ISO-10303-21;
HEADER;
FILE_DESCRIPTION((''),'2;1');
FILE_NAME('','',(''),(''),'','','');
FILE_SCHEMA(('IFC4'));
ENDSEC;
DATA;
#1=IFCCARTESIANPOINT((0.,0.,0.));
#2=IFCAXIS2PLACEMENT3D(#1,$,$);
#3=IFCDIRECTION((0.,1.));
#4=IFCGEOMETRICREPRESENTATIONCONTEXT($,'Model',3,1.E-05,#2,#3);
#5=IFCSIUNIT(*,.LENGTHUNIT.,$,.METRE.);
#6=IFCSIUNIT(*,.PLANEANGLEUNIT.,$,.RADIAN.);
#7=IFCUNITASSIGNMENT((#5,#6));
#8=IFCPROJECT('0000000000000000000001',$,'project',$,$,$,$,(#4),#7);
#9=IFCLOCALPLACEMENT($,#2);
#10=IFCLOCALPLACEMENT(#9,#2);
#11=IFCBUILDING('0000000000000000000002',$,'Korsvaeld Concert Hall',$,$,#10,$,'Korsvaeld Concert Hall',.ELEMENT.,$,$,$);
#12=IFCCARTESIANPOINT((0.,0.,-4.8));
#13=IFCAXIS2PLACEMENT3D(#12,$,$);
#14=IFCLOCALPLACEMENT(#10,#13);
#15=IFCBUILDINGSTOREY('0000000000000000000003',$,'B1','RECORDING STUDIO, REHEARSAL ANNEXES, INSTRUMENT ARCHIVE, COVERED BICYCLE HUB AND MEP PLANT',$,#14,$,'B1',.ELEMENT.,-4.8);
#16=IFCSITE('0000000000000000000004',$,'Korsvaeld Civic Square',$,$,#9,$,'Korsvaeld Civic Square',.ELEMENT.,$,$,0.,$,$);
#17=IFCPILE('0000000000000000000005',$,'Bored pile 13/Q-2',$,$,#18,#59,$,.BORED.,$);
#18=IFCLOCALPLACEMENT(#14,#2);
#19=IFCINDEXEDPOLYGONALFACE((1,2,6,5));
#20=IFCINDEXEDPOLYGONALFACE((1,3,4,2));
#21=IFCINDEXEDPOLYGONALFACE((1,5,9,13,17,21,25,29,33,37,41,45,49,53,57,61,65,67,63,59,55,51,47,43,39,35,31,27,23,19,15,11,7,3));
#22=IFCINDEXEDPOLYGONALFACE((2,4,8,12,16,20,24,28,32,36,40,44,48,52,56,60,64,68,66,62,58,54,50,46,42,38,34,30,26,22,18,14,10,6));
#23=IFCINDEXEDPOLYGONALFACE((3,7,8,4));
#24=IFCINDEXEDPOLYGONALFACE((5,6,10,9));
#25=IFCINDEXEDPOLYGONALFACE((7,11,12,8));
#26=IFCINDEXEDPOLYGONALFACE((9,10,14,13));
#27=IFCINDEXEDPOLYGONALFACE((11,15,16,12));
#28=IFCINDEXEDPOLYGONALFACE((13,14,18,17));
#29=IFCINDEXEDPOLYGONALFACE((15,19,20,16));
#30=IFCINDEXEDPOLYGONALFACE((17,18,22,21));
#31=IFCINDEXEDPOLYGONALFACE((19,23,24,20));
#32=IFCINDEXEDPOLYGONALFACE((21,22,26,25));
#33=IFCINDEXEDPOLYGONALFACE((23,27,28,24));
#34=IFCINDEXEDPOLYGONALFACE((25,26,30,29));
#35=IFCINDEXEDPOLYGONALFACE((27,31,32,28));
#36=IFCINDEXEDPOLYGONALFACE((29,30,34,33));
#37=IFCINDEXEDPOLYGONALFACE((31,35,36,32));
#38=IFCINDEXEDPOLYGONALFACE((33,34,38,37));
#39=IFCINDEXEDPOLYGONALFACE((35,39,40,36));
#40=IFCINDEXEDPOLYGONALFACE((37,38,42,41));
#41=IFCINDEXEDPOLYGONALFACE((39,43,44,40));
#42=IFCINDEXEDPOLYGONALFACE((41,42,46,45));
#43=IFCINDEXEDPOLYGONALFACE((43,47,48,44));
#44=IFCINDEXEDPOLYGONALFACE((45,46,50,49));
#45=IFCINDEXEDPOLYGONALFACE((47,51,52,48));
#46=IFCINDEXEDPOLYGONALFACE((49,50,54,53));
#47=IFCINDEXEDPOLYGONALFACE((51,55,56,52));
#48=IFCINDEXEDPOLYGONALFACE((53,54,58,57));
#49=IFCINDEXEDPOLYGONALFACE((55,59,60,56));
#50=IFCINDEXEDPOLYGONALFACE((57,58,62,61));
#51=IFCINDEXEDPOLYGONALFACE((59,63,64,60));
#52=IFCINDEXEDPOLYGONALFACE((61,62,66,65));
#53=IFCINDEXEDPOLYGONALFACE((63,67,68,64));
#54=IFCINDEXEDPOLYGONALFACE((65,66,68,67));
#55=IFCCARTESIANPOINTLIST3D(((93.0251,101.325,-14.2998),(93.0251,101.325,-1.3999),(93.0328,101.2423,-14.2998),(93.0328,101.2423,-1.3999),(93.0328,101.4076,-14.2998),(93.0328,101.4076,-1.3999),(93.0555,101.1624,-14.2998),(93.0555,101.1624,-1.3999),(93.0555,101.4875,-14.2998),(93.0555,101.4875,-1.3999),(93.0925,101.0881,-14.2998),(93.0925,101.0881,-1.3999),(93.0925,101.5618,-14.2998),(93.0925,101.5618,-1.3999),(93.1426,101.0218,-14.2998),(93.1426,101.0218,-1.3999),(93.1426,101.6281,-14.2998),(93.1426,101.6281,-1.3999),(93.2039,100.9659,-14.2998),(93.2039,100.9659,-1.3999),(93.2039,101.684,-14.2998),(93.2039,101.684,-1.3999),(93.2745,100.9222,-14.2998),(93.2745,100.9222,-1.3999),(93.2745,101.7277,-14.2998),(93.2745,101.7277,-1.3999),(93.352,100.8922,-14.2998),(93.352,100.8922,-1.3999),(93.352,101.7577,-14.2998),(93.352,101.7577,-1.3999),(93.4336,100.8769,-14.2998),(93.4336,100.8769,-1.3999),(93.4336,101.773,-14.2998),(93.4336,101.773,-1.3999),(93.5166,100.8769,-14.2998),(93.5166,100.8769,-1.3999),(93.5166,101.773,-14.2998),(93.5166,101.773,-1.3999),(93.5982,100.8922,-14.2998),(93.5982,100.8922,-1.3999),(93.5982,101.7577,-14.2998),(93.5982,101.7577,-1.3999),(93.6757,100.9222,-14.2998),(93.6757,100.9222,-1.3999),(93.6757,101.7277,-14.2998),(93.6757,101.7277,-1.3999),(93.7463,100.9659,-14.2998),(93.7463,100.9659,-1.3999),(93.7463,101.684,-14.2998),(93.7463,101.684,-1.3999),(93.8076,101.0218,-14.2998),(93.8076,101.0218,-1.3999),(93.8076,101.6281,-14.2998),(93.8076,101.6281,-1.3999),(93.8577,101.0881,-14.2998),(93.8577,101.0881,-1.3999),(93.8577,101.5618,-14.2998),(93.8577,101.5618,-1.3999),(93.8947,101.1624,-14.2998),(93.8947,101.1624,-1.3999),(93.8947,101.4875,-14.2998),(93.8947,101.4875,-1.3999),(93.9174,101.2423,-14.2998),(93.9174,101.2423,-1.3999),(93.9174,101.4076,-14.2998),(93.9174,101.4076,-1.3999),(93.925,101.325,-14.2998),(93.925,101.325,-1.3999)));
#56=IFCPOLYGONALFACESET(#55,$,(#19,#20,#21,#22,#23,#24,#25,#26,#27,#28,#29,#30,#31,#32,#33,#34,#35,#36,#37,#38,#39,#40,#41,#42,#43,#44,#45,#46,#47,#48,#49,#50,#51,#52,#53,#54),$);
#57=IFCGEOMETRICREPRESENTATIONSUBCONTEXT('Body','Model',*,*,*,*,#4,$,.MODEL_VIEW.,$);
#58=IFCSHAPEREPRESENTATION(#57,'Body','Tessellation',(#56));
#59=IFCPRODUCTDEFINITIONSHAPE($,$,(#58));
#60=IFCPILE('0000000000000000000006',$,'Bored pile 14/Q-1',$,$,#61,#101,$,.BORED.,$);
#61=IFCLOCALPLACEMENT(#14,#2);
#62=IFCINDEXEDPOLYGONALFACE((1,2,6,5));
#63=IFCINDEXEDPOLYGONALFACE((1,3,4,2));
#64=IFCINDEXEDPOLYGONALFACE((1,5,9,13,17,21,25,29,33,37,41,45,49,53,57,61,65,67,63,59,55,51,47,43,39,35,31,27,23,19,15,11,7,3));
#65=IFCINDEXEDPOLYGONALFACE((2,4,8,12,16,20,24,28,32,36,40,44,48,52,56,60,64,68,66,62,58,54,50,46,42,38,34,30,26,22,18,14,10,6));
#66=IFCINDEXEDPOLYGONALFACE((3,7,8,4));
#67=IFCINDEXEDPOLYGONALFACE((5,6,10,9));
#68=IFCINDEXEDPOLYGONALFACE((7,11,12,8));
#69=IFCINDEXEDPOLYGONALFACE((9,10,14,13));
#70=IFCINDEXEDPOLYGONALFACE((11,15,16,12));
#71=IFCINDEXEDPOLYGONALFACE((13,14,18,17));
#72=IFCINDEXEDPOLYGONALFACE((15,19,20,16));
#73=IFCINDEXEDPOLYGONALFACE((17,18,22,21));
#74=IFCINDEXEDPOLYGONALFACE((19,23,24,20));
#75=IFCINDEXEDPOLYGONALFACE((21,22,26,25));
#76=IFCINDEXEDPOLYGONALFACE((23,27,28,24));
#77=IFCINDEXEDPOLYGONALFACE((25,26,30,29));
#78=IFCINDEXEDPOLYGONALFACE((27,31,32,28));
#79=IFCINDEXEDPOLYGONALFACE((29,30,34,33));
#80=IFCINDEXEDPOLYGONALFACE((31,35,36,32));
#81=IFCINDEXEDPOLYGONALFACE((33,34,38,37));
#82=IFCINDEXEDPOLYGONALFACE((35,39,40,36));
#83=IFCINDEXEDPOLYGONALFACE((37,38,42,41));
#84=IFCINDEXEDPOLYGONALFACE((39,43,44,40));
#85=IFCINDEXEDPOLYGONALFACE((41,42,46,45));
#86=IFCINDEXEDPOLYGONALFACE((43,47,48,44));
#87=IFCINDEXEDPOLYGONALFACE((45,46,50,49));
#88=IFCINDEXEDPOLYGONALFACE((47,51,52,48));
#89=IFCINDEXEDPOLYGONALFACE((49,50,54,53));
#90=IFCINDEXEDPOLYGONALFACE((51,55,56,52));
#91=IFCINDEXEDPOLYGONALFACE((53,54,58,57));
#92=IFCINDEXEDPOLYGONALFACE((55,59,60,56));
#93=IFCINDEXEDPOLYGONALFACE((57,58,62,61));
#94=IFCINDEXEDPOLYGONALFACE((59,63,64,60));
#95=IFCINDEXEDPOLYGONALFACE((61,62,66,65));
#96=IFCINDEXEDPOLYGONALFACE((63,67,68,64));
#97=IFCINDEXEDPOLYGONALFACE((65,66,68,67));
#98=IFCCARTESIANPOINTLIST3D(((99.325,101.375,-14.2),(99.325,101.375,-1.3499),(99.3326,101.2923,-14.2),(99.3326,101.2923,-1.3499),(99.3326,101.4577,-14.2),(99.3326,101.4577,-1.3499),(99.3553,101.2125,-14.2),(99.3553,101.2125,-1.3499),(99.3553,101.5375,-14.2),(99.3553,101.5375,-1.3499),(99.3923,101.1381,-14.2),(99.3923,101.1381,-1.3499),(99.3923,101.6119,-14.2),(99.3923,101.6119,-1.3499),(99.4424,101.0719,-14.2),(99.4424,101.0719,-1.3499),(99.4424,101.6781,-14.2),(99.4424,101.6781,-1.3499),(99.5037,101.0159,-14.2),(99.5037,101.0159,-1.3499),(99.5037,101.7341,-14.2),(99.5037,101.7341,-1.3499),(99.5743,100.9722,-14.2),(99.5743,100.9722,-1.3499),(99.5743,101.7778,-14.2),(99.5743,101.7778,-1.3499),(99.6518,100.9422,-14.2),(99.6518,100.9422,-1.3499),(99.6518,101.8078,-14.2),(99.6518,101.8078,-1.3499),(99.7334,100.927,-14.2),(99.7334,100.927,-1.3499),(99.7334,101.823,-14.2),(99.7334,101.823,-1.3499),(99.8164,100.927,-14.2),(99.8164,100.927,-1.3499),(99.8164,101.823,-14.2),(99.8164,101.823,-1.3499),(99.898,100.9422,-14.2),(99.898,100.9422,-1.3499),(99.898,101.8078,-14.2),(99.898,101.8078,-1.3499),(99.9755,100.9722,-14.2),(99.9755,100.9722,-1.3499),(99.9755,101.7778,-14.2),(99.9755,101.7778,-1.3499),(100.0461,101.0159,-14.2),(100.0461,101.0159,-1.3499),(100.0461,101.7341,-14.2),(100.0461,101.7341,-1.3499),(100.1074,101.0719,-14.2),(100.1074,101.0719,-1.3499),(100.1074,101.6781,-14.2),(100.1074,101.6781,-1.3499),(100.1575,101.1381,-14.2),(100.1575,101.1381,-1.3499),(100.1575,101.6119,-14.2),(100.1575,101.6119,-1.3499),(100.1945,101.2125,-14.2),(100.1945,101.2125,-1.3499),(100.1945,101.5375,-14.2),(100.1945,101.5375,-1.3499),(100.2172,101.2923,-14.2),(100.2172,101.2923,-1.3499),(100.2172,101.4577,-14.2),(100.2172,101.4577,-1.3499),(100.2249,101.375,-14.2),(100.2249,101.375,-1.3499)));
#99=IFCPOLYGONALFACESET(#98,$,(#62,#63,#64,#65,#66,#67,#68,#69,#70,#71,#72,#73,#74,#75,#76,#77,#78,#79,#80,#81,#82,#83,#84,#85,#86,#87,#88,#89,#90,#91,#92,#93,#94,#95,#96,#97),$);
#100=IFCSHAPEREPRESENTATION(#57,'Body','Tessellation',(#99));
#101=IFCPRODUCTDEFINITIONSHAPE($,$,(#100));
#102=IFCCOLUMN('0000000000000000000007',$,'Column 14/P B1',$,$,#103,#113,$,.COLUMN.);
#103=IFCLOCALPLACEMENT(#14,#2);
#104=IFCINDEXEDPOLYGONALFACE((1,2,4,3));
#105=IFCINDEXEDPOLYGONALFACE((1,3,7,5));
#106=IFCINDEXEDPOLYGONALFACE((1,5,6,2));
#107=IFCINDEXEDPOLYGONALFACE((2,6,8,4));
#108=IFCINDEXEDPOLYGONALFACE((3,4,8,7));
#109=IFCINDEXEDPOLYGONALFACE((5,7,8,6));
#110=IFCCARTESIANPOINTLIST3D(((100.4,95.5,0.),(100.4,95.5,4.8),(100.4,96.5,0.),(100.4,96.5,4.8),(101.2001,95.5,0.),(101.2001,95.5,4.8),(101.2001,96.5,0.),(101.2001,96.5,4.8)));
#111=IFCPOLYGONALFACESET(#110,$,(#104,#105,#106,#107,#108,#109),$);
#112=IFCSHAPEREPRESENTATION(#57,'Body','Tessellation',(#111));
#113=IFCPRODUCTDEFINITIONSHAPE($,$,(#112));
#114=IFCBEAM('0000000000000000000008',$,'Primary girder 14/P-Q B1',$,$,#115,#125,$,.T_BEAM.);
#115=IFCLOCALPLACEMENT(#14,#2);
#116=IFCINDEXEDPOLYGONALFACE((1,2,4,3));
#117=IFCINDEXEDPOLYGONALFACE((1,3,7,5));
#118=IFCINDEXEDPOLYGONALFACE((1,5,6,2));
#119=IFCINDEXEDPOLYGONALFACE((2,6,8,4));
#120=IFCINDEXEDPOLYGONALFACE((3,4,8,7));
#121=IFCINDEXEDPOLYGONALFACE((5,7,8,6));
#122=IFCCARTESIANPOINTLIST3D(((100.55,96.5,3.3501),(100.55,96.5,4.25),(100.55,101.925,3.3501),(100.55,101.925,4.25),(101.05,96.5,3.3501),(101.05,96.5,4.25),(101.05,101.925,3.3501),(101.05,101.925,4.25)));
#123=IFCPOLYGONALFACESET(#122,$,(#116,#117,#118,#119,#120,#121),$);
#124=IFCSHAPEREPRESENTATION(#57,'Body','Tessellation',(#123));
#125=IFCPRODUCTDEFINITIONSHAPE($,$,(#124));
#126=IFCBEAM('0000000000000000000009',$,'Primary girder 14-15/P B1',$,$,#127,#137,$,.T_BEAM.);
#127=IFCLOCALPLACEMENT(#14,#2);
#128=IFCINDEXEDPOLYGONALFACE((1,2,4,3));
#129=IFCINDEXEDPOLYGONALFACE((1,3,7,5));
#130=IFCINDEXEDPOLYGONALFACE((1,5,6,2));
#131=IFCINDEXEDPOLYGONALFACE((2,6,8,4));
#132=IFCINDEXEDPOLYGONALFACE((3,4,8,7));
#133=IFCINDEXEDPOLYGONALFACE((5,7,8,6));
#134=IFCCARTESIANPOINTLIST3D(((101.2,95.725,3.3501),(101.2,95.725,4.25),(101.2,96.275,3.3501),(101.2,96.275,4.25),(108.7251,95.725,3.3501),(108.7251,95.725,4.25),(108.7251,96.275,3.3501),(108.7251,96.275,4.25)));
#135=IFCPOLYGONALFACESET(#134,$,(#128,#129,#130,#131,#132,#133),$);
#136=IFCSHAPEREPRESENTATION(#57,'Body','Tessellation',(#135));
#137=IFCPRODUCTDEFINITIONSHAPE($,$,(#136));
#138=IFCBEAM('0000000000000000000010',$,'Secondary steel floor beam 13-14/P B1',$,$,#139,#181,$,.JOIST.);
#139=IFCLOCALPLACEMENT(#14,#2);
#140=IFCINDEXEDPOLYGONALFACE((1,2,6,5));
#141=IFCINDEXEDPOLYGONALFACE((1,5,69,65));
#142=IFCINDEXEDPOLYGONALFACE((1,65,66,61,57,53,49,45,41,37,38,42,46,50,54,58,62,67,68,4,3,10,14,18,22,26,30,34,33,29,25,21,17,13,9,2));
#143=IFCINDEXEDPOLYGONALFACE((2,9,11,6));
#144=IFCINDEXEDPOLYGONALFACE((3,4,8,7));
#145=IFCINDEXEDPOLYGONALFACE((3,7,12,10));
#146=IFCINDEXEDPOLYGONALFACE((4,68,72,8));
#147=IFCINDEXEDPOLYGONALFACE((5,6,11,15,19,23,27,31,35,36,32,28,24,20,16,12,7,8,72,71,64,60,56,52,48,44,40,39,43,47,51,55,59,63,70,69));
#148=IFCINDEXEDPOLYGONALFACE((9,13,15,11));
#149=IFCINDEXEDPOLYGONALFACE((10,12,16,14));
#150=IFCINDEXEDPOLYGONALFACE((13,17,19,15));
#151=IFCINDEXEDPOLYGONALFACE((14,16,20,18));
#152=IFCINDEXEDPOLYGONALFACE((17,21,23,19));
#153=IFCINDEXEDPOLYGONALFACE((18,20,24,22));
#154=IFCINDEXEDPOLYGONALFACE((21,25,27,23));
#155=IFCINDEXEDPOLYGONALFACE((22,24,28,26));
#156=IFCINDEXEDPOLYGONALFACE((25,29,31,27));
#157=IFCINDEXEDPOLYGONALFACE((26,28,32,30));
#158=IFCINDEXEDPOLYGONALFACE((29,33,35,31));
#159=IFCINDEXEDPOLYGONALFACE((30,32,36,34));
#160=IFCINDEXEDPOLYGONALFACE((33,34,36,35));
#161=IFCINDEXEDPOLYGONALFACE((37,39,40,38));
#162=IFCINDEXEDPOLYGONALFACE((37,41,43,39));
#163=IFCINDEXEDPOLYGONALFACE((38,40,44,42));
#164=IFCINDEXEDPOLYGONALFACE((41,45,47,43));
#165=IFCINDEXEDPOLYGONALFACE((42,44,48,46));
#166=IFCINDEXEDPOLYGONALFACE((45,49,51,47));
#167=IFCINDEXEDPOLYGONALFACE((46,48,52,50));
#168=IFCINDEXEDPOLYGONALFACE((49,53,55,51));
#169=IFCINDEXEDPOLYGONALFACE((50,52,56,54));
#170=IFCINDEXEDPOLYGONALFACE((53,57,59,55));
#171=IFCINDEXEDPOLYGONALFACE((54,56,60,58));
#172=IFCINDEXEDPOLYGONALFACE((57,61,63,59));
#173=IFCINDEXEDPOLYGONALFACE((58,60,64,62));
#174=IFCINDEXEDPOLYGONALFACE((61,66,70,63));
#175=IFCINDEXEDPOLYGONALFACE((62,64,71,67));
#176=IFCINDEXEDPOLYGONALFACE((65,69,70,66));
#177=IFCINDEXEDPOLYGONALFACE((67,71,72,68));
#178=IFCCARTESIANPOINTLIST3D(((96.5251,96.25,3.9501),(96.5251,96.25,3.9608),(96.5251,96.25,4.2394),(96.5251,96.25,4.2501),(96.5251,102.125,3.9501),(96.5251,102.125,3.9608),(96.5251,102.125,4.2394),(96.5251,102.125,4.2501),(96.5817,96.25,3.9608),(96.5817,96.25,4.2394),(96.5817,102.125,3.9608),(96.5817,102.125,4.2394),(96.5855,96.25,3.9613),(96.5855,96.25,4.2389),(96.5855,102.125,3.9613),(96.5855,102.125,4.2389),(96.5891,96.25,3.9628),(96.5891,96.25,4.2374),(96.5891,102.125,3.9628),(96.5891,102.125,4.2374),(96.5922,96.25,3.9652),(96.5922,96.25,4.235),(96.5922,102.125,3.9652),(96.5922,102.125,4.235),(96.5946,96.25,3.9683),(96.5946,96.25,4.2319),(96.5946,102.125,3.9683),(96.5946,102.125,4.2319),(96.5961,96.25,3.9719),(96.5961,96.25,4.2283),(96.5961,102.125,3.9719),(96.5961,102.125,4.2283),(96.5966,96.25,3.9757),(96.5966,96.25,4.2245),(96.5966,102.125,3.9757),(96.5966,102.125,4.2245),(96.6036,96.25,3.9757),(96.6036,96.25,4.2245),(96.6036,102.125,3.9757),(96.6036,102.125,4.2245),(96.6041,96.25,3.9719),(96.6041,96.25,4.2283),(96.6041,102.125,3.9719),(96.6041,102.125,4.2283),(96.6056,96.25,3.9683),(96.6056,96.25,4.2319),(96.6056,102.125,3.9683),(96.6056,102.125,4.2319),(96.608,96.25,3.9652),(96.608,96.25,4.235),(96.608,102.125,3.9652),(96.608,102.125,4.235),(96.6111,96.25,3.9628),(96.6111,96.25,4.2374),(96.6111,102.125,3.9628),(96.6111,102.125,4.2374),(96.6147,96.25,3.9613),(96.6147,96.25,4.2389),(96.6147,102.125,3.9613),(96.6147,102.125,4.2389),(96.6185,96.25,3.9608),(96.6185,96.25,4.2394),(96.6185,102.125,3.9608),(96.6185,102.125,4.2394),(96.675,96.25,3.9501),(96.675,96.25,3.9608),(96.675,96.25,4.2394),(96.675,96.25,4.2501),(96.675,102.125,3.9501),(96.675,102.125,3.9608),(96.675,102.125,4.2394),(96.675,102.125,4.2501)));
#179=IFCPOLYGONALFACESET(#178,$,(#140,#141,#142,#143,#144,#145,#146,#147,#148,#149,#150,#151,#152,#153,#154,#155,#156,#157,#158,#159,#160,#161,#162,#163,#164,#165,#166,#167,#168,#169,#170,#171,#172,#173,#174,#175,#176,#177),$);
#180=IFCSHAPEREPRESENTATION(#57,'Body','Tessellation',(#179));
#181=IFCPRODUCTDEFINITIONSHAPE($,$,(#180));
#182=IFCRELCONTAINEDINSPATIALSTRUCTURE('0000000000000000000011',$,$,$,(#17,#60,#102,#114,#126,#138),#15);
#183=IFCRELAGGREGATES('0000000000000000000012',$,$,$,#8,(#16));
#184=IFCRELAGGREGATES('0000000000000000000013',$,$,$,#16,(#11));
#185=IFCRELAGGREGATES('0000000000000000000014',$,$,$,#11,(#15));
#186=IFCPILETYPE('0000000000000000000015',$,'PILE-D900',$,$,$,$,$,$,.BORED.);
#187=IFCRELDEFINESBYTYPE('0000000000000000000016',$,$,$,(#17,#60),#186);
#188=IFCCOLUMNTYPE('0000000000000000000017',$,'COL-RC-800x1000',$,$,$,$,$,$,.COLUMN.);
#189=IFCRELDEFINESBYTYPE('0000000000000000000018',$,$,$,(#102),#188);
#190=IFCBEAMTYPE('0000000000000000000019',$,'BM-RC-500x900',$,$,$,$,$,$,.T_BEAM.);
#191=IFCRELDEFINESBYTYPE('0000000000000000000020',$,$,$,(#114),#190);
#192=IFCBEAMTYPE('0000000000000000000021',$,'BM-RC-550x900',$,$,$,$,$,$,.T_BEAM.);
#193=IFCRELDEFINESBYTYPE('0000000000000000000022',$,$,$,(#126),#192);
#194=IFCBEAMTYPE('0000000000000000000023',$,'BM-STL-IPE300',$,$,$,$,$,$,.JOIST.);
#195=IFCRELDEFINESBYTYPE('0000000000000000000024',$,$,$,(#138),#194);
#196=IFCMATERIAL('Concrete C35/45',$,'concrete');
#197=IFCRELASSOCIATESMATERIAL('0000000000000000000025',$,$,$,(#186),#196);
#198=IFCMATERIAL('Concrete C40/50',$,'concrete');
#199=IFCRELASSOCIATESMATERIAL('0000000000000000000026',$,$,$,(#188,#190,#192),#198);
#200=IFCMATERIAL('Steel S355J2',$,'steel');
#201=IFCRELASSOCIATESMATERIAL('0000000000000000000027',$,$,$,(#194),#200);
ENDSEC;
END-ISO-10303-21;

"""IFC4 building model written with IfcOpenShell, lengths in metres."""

from ifc_helpers import new_model, si_unit, direction, frame, origin, origin_2d, place, context, subcontext, project, spatial, rectangle, circle, i_section, extrude, material, material_profile, profile_set, type_object, element, save


model = new_model("IFC4")

# Units and contexts
model_context = context("Model", 3, precision=1e-05, world=origin(), true_north=direction((0.0, 1.0)))
body_context = subcontext(model_context, "Body", "Model", "MODEL_VIEW")
ifc_project = project(units=[si_unit("LENGTHUNIT", "METRE"), si_unit("PLANEANGLEUNIT", "RADIAN")], contexts=[model_context])

# Site, building, storey
site_placement = place(None, origin())
site = spatial("IfcSite", under=ifc_project, at=site_placement, Name="Korsvaeld Civic Square", LongName="Korsvaeld Civic Square", CompositionType="ELEMENT", RefElevation=0.0)
building_placement = place(site_placement, origin())
building = spatial("IfcBuilding", under=site, at=building_placement, Name="Korsvaeld Concert Hall", LongName="Korsvaeld Concert Hall", CompositionType="ELEMENT")
storey_placement = place(building_placement, frame((0.0, 0.0, -4.8)))
storey = spatial("IfcBuildingStorey", under=building, at=storey_placement, Name="B1", Description="RECORDING STUDIO, REHEARSAL ANNEXES, INSTRUMENT ARCHIVE, COVERED BICYCLE HUB AND MEP PLANT", LongName="B1", CompositionType="ELEMENT", Elevation=-4.8)

# Shared definitions
ifc_material_1 = material(Name="Concrete C35/45", Category="concrete")

# Piles
ifc_material_2 = material(Name="Concrete C40/50", Category="concrete")
ifc_material_profile_1 = material_profile(ifc_material_1, circle(Radius=0.45, at=origin_2d()), Name="BORED PILE D900")
ifc_profile_set_1 = profile_set([ifc_material_profile_1], Name="Concrete C35/45")
pile_type_1 = type_object("IfcPileType", Name="PILE-D900", PredefinedType="BORED", material=ifc_profile_set_1)
pile_1_placement = place(storey_placement, frame((93.4751, 101.325, -1.3999), z_axis=(0.0, 0.0, -1.0), x_axis=(1.0, 0.0, 0.0)))
element("IfcPile", 1, at=pile_1_placement, inside=storey, type_object=pile_type_1, Name="Bored pile 13/Q-2", PredefinedType="BORED", context=body_context, shape_type="SweptSolid", body=[
    extrude(circle(Radius=0.45, at=origin_2d()), origin(), (0.0, 0.0, 1.0), 12.8999),
])
pile_2_placement = place(storey_placement, frame((99.7749, 101.375, -1.3499), z_axis=(0.0, 0.0, -1.0), x_axis=(1.0, 0.0, 0.0)))
element("IfcPile", 2, at=pile_2_placement, inside=storey, type_object=pile_type_1, Name="Bored pile 14/Q-1", PredefinedType="BORED", context=body_context, shape_type="SweptSolid", body=[
    extrude(circle(Radius=0.45, at=origin_2d()), origin(), (0.0, 0.0, 1.0), 12.8501),
])

# Column
ifc_material_profile_2 = material_profile(ifc_material_2, rectangle(XDim=0.8, YDim=1.0, at=origin_2d()), Name="RC 800x1000")
ifc_profile_set_2 = profile_set([ifc_material_profile_2], Name="Concrete C40/50")
column_type = type_object("IfcColumnType", Name="COL-RC-800x1000", PredefinedType="COLUMN", material=ifc_profile_set_2)
column_placement = place(storey_placement, frame((100.8, 96.0, 0.0), z_axis=(0.0, 0.0, 1.0), x_axis=(1.0, 0.0, 0.0)))
element("IfcColumn", 3, at=column_placement, inside=storey, type_object=column_type, Name="Column 14/P B1", PredefinedType="COLUMN", context=body_context, shape_type="SweptSolid", body=[
    extrude(rectangle(XDim=0.8, YDim=1.0, at=origin_2d()), origin(), (0.0, 0.0, 1.0), 4.8),
])

# Beams
ifc_material_profile_3 = material_profile(ifc_material_2, rectangle(XDim=0.5, YDim=0.8999, at=origin_2d()), Name="RC 500x900")
ifc_profile_set_3 = profile_set([ifc_material_profile_3], Name="Concrete C40/50")
beam_type_1 = type_object("IfcBeamType", Name="BM-RC-500x900", PredefinedType="T_BEAM", material=ifc_profile_set_3)
beam_1_placement = place(storey_placement, frame((100.8, 96.5, 3.8), z_axis=(0.0, 1.0, 0.0), x_axis=(-1.0, 0.0, 0.0)))
element("IfcBeam", 4, at=beam_1_placement, inside=storey, type_object=beam_type_1, Name="Primary girder 14/P-Q B1", PredefinedType="T_BEAM", context=body_context, shape_type="SweptSolid", body=[
    extrude(rectangle(XDim=0.5, YDim=0.8999, at=origin_2d()), origin(), (0.0, 0.0, 1.0), 5.425),
])
ifc_material_profile_4 = material_profile(ifc_material_2, rectangle(XDim=0.55, YDim=0.8999, at=origin_2d()), Name="RC 550x900")
ifc_profile_set_4 = profile_set([ifc_material_profile_4], Name="Concrete C40/50")
beam_type_2 = type_object("IfcBeamType", Name="BM-RC-550x900", PredefinedType="T_BEAM", material=ifc_profile_set_4)
beam_2_placement = place(storey_placement, frame((101.2, 96.0, 3.8), z_axis=(1.0, 0.0, 0.0), x_axis=(0.0, 1.0, 0.0)))
element("IfcBeam", 5, at=beam_2_placement, inside=storey, type_object=beam_type_2, Name="Primary girder 14-15/P B1", PredefinedType="T_BEAM", context=body_context, shape_type="SweptSolid", body=[
    extrude(rectangle(XDim=0.55, YDim=0.8999, at=origin_2d()), origin(), (0.0, 0.0, 1.0), 7.5251),
])
ifc_material_3 = material(Name="Steel S355J2", Category="steel")
ifc_material_profile_5 = material_profile(ifc_material_3, i_section(OverallWidth=0.1499, OverallDepth=0.3, WebThickness=0.0071, FlangeThickness=0.0107, FilletRadius=0.0149, at=origin_2d()), Name="IPE 300")
ifc_profile_set_5 = profile_set([ifc_material_profile_5], Name="Steel S355J2")
beam_type_3 = type_object("IfcBeamType", Name="BM-STL-IPE300", PredefinedType="JOIST", material=ifc_profile_set_5)
beam_3_placement = place(storey_placement, frame((96.6001, 96.25, 4.1001), z_axis=(0.0, 1.0, 0.0), x_axis=(-1.0, 0.0, 0.0)))
element("IfcBeam", 6, at=beam_3_placement, inside=storey, type_object=beam_type_3, Name="Secondary steel floor beam 13-14/P B1", PredefinedType="JOIST", context=body_context, shape_type="SweptSolid", body=[
    extrude(i_section(OverallWidth=0.1499, OverallDepth=0.3, WebThickness=0.0071, FlangeThickness=0.0107, FilletRadius=0.0149, at=origin_2d()), origin(), (0.0, 0.0, 1.0), 5.875),
])

save(model, "model.ifc")
